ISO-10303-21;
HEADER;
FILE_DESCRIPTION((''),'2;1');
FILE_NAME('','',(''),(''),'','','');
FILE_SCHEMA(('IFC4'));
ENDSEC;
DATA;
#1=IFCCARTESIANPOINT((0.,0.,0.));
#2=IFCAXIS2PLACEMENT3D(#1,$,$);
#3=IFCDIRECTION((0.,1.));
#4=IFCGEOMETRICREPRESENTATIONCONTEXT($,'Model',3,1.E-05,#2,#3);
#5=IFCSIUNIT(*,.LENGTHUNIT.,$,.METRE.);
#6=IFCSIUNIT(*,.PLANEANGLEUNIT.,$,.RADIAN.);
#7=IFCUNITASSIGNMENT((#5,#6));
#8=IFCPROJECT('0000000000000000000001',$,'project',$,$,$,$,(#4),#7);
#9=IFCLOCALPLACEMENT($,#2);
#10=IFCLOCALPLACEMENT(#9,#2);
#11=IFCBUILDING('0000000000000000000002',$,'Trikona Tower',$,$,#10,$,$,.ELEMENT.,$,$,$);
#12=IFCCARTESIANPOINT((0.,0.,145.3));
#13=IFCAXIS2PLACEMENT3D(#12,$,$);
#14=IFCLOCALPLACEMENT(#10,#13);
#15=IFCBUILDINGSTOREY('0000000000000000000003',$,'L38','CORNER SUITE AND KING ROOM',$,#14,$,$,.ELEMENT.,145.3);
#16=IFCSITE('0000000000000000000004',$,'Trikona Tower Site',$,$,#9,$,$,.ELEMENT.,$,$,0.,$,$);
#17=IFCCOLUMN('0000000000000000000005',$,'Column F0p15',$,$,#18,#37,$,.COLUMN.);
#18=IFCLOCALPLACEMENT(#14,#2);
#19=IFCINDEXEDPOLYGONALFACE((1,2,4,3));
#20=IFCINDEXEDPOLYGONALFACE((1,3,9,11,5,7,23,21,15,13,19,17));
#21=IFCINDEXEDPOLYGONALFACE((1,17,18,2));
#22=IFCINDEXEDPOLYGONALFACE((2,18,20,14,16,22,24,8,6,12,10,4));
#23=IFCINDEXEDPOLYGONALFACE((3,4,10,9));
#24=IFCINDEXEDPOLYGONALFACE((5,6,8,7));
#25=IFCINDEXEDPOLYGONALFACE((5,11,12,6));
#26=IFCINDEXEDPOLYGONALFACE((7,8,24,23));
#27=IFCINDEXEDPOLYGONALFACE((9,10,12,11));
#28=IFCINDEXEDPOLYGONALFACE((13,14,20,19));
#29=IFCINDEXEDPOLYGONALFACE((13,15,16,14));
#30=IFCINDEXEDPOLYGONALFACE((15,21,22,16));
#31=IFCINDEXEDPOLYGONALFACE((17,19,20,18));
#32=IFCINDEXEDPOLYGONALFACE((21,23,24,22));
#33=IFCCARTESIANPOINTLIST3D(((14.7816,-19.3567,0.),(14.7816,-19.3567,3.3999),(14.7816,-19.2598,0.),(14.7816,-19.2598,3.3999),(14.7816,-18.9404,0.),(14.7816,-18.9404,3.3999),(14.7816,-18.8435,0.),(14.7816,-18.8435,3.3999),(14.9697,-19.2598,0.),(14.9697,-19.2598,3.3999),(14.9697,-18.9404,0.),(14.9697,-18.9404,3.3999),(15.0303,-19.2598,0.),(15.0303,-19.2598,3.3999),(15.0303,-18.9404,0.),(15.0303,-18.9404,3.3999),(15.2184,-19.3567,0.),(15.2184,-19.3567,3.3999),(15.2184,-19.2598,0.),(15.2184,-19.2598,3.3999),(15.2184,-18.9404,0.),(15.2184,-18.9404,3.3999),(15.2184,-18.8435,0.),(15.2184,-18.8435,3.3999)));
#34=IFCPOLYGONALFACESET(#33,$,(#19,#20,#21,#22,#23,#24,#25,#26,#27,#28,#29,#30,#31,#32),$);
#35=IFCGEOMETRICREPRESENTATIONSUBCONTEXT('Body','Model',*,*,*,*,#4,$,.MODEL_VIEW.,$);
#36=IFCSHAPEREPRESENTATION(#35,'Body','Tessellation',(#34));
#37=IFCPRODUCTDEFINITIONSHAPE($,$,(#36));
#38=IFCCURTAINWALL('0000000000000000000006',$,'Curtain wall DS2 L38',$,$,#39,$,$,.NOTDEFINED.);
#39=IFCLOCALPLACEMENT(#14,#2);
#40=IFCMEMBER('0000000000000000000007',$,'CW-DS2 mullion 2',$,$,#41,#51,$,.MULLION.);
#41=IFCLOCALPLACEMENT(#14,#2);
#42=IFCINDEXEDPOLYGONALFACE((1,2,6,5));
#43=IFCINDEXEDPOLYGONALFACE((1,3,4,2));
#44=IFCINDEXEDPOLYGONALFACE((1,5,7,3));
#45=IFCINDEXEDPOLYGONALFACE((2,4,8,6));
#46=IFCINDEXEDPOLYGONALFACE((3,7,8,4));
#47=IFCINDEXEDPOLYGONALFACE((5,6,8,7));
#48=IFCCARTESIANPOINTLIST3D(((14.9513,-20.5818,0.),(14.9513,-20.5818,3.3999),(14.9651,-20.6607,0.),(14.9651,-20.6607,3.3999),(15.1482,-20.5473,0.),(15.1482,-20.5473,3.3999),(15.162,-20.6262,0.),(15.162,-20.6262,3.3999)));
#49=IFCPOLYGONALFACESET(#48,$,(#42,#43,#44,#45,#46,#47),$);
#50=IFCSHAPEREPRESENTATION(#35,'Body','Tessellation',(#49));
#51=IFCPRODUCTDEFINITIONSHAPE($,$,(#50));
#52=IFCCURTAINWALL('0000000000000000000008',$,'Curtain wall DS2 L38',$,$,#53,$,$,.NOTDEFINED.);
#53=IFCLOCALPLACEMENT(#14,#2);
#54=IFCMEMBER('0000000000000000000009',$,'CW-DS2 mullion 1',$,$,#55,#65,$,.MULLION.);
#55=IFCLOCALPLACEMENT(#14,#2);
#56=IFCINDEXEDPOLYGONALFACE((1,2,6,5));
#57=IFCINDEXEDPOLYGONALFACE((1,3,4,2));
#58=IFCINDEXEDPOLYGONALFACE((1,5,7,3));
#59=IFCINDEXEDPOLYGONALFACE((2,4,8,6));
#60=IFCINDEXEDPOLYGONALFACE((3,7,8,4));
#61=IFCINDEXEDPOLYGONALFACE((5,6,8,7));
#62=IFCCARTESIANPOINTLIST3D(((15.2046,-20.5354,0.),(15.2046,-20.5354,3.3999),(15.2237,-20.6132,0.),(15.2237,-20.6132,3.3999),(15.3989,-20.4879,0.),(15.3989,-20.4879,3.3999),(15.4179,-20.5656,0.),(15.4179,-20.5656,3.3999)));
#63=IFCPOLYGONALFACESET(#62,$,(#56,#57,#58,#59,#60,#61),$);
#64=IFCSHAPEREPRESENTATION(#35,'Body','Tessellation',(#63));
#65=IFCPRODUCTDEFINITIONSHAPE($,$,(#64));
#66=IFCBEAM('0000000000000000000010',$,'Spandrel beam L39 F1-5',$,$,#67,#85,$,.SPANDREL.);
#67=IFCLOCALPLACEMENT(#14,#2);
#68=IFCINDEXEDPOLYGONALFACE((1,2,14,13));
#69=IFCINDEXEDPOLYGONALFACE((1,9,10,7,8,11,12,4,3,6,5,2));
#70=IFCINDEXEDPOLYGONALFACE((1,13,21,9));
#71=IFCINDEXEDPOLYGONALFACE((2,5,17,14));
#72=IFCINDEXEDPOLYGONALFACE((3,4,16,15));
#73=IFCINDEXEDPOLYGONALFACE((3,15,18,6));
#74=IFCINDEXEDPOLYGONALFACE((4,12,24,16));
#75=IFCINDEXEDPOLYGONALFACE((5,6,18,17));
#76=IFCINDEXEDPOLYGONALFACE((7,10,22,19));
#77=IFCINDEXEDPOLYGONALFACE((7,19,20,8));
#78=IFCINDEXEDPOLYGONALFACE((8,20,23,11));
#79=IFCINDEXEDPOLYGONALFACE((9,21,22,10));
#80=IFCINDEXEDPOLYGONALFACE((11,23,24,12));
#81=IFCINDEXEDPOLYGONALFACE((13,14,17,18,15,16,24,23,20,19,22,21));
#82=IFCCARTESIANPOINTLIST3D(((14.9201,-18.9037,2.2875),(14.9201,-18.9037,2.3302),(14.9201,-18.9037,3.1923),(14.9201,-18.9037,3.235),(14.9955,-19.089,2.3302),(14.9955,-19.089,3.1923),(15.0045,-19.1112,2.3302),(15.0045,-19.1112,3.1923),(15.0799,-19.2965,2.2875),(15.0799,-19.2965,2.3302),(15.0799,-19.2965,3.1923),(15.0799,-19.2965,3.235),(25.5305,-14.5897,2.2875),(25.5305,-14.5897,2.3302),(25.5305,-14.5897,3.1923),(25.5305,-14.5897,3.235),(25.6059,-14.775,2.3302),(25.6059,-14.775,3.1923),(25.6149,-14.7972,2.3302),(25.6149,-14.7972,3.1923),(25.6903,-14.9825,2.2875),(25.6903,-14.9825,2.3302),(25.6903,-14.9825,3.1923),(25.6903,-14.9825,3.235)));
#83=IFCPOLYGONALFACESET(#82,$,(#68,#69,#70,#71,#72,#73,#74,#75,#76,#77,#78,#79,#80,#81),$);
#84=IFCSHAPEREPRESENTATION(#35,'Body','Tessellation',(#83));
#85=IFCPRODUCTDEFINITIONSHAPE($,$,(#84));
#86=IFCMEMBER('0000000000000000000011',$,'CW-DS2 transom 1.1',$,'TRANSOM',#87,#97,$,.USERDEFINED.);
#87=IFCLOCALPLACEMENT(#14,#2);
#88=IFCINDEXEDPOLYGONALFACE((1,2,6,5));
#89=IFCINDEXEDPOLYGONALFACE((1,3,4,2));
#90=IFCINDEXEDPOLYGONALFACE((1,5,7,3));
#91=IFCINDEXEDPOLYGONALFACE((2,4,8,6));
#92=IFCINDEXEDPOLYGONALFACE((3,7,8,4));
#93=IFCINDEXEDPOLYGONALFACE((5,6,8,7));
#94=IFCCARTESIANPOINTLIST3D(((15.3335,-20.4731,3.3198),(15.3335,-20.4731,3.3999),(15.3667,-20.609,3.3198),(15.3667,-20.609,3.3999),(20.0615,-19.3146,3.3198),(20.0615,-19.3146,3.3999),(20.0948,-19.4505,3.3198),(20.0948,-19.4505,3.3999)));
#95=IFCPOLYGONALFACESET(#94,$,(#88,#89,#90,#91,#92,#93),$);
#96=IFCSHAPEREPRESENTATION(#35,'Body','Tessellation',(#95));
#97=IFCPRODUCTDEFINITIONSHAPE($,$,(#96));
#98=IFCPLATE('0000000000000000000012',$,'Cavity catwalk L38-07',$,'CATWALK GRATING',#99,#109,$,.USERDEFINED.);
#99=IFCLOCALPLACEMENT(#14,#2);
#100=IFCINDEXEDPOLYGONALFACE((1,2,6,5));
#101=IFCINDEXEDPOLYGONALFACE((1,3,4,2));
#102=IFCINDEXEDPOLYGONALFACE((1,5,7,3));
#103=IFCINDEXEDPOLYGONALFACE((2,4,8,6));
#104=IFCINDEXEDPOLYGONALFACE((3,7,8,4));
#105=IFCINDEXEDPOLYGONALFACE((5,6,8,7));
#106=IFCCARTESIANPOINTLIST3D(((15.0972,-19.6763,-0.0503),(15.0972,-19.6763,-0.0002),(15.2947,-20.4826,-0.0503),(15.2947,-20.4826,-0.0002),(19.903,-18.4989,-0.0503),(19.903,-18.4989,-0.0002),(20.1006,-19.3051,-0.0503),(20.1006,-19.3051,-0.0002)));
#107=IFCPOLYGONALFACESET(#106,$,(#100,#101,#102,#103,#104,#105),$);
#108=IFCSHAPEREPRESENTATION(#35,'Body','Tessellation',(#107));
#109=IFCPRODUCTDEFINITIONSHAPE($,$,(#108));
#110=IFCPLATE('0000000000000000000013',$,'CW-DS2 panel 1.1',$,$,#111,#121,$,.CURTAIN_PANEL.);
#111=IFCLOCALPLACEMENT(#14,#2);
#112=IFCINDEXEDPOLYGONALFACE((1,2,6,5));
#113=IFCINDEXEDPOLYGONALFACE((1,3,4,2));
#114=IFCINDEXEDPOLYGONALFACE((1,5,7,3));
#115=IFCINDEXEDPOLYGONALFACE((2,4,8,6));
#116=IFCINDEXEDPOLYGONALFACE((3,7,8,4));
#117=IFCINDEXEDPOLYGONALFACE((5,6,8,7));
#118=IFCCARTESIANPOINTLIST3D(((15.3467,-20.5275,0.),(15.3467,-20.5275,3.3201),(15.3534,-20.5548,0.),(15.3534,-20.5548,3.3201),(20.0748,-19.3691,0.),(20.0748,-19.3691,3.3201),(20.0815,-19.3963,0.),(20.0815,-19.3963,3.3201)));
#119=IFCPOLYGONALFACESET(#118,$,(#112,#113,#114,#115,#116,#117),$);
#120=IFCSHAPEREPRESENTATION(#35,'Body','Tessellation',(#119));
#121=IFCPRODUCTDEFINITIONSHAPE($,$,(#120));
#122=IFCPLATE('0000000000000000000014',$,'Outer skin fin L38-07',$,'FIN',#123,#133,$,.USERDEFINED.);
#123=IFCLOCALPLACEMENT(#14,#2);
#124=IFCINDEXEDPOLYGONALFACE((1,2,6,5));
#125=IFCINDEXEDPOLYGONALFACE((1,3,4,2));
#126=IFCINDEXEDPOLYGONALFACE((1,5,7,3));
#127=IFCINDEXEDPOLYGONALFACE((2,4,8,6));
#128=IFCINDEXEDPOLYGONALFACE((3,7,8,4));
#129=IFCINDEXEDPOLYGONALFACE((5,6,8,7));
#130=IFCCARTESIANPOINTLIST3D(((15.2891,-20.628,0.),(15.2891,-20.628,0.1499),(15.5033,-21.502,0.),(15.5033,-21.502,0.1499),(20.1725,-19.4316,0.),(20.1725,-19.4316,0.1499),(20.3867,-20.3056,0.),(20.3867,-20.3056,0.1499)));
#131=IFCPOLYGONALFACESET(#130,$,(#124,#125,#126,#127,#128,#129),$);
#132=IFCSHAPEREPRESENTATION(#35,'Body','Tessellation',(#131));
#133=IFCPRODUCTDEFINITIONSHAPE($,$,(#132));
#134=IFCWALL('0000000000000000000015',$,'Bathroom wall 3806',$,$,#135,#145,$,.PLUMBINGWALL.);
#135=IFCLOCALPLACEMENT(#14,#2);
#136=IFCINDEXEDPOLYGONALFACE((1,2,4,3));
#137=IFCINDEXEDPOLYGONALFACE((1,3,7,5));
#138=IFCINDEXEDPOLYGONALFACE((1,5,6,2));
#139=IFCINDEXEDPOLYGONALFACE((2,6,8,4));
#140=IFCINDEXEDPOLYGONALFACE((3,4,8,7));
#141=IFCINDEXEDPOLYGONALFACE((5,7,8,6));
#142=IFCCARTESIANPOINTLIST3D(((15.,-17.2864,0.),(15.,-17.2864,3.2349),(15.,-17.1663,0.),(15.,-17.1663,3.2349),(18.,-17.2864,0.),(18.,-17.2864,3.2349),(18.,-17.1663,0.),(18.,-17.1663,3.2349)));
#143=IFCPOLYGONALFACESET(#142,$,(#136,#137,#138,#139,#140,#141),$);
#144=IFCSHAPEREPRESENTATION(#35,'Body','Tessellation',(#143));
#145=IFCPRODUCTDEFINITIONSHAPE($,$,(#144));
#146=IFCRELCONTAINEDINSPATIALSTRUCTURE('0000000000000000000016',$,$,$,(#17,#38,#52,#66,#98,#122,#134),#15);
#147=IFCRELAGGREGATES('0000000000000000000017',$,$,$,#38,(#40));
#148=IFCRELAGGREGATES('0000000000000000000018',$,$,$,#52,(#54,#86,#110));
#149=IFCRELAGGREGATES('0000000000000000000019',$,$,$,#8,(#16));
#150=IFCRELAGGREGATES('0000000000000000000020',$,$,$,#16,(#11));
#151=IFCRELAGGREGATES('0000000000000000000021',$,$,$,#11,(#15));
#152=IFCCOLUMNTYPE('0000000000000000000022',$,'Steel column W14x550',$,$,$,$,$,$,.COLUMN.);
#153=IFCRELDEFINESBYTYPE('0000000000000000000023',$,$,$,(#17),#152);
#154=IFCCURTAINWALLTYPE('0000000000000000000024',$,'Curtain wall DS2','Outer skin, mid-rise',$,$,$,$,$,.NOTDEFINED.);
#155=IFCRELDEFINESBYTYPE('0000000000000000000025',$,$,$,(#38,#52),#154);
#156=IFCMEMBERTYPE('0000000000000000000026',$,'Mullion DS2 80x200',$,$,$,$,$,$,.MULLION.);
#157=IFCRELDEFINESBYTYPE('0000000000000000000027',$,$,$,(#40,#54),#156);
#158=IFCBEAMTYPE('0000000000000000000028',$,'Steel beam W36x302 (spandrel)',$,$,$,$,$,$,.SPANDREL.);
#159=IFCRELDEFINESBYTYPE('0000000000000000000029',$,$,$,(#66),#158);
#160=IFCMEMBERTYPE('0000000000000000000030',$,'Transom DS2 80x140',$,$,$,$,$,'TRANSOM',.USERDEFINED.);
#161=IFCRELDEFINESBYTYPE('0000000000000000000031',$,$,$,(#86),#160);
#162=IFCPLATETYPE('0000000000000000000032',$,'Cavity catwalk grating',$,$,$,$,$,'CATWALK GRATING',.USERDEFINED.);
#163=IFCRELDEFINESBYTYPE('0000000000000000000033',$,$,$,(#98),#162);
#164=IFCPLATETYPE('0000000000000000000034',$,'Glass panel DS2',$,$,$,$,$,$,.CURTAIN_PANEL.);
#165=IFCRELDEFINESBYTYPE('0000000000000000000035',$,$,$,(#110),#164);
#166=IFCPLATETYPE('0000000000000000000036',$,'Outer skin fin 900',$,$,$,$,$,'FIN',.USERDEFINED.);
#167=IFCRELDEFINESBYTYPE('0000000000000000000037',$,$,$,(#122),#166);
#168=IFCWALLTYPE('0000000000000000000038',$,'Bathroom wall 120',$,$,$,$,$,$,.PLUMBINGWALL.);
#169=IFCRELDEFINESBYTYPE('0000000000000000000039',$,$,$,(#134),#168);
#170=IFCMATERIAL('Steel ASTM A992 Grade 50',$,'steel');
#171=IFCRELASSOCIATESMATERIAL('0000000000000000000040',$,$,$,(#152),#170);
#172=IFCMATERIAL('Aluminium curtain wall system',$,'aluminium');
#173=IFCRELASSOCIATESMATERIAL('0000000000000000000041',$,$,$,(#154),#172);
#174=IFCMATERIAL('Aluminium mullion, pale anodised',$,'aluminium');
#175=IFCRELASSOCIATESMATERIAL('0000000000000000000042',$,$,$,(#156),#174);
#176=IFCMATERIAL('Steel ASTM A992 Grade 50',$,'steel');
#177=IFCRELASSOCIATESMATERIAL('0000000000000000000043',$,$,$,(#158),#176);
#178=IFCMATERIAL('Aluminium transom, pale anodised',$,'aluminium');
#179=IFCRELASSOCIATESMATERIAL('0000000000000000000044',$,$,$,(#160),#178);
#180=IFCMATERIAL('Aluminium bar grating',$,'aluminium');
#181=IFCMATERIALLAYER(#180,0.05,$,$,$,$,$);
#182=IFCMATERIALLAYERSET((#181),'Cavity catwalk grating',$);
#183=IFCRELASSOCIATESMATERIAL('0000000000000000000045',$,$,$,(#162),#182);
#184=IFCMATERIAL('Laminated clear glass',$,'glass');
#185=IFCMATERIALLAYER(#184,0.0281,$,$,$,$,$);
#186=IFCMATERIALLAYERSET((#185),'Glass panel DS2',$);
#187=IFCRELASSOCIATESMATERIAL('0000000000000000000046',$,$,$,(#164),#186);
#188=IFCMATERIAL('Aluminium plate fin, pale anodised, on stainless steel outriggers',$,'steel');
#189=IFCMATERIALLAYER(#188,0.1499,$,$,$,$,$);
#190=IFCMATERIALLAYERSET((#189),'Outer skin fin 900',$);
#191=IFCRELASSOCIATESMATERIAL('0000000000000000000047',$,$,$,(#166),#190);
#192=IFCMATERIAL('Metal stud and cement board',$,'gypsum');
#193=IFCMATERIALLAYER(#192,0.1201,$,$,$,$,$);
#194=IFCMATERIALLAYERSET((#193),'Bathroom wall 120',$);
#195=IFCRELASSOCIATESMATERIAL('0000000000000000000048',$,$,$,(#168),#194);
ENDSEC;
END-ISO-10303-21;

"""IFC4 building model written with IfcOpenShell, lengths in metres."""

from ifc_helpers import new_model, si_unit, direction, frame, frame_2d, origin, origin_2d, place, context, subcontext, project, spatial, rectangle, i_section, extrude, material, layer, layer_set, material_profile, profile_set, type_object, element, aggregate, save


model = new_model("IFC4")

# Units and contexts
model_context = context("Model", 3, precision=1e-05, world=origin(), true_north=direction((0.0, 1.0)))
body_context = subcontext(model_context, "Body", "Model", "MODEL_VIEW")
ifc_project = project(units=[si_unit("LENGTHUNIT", "METRE"), si_unit("PLANEANGLEUNIT", "RADIAN")], contexts=[model_context])

# Site, building, storey
site_placement = place(None, origin())
site = spatial("IfcSite", under=ifc_project, at=site_placement, Name="Trikona Tower Site", CompositionType="ELEMENT", RefElevation=0.0)
building_placement = place(site_placement, origin())
building = spatial("IfcBuilding", under=site, at=building_placement, Name="Trikona Tower", CompositionType="ELEMENT")
storey_placement = place(building_placement, frame((0.0, 0.0, 145.3)))
storey = spatial("IfcBuildingStorey", under=building, at=storey_placement, Name="L38", Description="CORNER SUITE AND KING ROOM", CompositionType="ELEMENT", Elevation=145.3)

# Column
ifc_material_1 = material(Name="Steel ASTM A992 Grade 50", Category="steel")
ifc_material_profile_1 = material_profile(ifc_material_1, i_section(OverallWidth=0.4368, OverallDepth=0.5132, WebThickness=0.0605, FlangeThickness=0.0969, at=origin_2d()), Name="W14X550")
ifc_profile_set_1 = profile_set([ifc_material_profile_1], Name="Steel ASTM A992 Grade 50")
column_type = type_object("IfcColumnType", Name="Steel column W14x550", PredefinedType="COLUMN", material=ifc_profile_set_1)
column_placement = place(storey_placement, frame((15.0, -19.1001, 0.0), z_axis=(0.0, 0.0, 1.0), x_axis=(1.0, 0.0, 0.0)))
element("IfcColumn", 1, at=column_placement, inside=storey, type_object=column_type, Name="Column F0p15", PredefinedType="COLUMN", context=body_context, shape_type="SweptSolid", body=[
    extrude(i_section(OverallWidth=0.4368, OverallDepth=0.5132, WebThickness=0.0605, FlangeThickness=0.0969, at=origin_2d()), origin(), (0.0, 0.0, 1.0), 3.3999),
])

# Curtain walls, members
ifc_material_2 = material(Name="Aluminium curtain wall system", Category="aluminium")
curtain_wall_type = type_object("IfcCurtainWallType", Name="Curtain wall DS2", Description="Outer skin, mid-rise", PredefinedType="NOTDEFINED", material=ifc_material_2)
curtain_wall_1_placement = place(storey_placement, origin())
curtain_wall_1 = element("IfcCurtainWall", 2, at=curtain_wall_1_placement, inside=storey, type_object=curtain_wall_type, Name="Curtain wall DS2 L38", PredefinedType="NOTDEFINED")
ifc_material_3 = material(Name="Aluminium mullion, pale anodised", Category="aluminium")
ifc_material_profile_2 = material_profile(ifc_material_3, rectangle(XDim=0.0801, YDim=0.2, at=origin_2d()), Name="MUL-DS2")
ifc_profile_set_2 = profile_set([ifc_material_profile_2], Name="Aluminium mullion, pale anodised")
member_type_1 = type_object("IfcMemberType", Name="Mullion DS2 80x200", PredefinedType="MULLION", material=ifc_profile_set_2)
member_1_placement = place(storey_placement, frame((15.0566, -20.604, 0.0), z_axis=(0.0, 0.0, 1.0), x_axis=(-0.172377, 0.985031, 0.0)))
member_1 = element("IfcMember", 3, at=member_1_placement, type_object=member_type_1, Name="CW-DS2 mullion 2", PredefinedType="MULLION", context=body_context, shape_type="SweptSolid", body=[
    extrude(rectangle(XDim=0.0801, YDim=0.2, at=origin_2d()), origin(), (0.0, 0.0, 1.0), 3.3999),
])
aggregate(curtain_wall_1, [member_1])
curtain_wall_2_placement = place(storey_placement, origin())
curtain_wall_2 = element("IfcCurtainWall", 4, at=curtain_wall_2_placement, inside=storey, type_object=curtain_wall_type, Name="Curtain wall DS2 L38", PredefinedType="NOTDEFINED")
member_2_placement = place(storey_placement, frame((15.3113, -20.5505, 0.0), z_axis=(0.0, 0.0, 1.0), x_axis=(-0.23797, 0.971272, 0.0)))
member_2 = element("IfcMember", 5, at=member_2_placement, type_object=member_type_1, Name="CW-DS2 mullion 1", PredefinedType="MULLION", context=body_context, shape_type="SweptSolid", body=[
    extrude(rectangle(XDim=0.0801, YDim=0.2, at=origin_2d()), origin(), (0.0, 0.0, 1.0), 3.3999),
])

# Beam
ifc_material_4 = material(Name="Steel ASTM A992 Grade 50", Category="steel")
ifc_material_profile_3 = material_profile(ifc_material_4, i_section(OverallWidth=0.4241, OverallDepth=0.9475, WebThickness=0.0239, FlangeThickness=0.0427, at=origin_2d()), Name="W36X302")
ifc_profile_set_3 = profile_set([ifc_material_profile_3], Name="Steel ASTM A992 Grade 50")
beam_type = type_object("IfcBeamType", Name="Steel beam W36x302 (spandrel)", PredefinedType="SPANDREL", material=ifc_profile_set_3)
beam_placement = place(storey_placement, frame((15.0, -19.1001, 2.7612), z_axis=(0.92636, 0.37664, 0.0), x_axis=(-0.37664, 0.92636, 0.0)))
element("IfcBeam", 6, at=beam_placement, inside=storey, type_object=beam_type, Name="Spandrel beam L39 F1-5", PredefinedType="SPANDREL", context=body_context, shape_type="SweptSolid", body=[
    extrude(i_section(OverallWidth=0.4241, OverallDepth=0.9475, WebThickness=0.0239, FlangeThickness=0.0427, at=origin_2d()), origin(), (0.0, 0.0, 1.0), 11.4539),
])

# Member
ifc_material_5 = material(Name="Aluminium transom, pale anodised", Category="aluminium")
ifc_material_profile_4 = material_profile(ifc_material_5, rectangle(XDim=0.1399, YDim=0.0801, at=origin_2d()), Name="TRN-DS2")
ifc_profile_set_4 = profile_set([ifc_material_profile_4], Name="Aluminium transom, pale anodised")
member_type_2 = type_object("IfcMemberType", Name="Transom DS2 80x140", ElementType="TRANSOM", PredefinedType="USERDEFINED", material=ifc_profile_set_4)
member_3_placement = place(storey_placement, frame((15.3501, -20.541, 3.3599), z_axis=(0.971271, 0.237978, 0.0), x_axis=(-0.237978, 0.971271, 0.0)))
member_3 = element("IfcMember", 7, at=member_3_placement, type_object=member_type_2, Name="CW-DS2 transom 1.1", ObjectType="TRANSOM", PredefinedType="USERDEFINED", context=body_context, shape_type="SweptSolid", body=[
    extrude(rectangle(XDim=0.1399, YDim=0.0801, at=origin_2d()), origin(), (0.0, 0.0, 1.0), 4.8679),
])

# Plates
ifc_material_6 = material(Name="Aluminium bar grating", Category="aluminium")
ifc_layer_1 = layer(ifc_material_6, 0.05)
ifc_layer_set_1 = layer_set([ifc_layer_1], Name="Cavity catwalk grating")
plate_type_1 = type_object("IfcPlateType", Name="Cavity catwalk grating", ElementType="CATWALK GRATING", PredefinedType="USERDEFINED", material=ifc_layer_set_1)
plate_1_placement = place(storey_placement, frame((17.5989, -19.4907, -0.0503), z_axis=(0.0, 0.0, 1.0), x_axis=(0.971274, 0.237962, 0.0)))
element("IfcPlate", 8, at=plate_1_placement, inside=storey, type_object=plate_type_1, Name="Cavity catwalk L38-07", ObjectType="CATWALK GRATING", PredefinedType="USERDEFINED", context=body_context, shape_type="SweptSolid", body=[
    extrude(rectangle(XDim=4.948, YDim=0.8301, at=origin_2d()), origin(), (0.0, 0.0, 1.0), 0.05),
])
ifc_material_7 = material(Name="Laminated clear glass", Category="glass")
ifc_layer_2 = layer(ifc_material_7, 0.0281)
ifc_layer_set_2 = layer_set([ifc_layer_2], Name="Glass panel DS2")
plate_type_2 = type_object("IfcPlateType", Name="Glass panel DS2", PredefinedType="CURTAIN_PANEL", material=ifc_layer_set_2)
plate_2_placement = place(storey_placement, frame((17.7141, -19.9619, 0.0), z_axis=(0.0, 0.0, 1.0), x_axis=(0.971272, 0.23797, 0.0)))
plate_2 = element("IfcPlate", 9, at=plate_2_placement, type_object=plate_type_2, Name="CW-DS2 panel 1.1", PredefinedType="CURTAIN_PANEL", context=body_context, shape_type="SweptSolid", body=[
    extrude(rectangle(XDim=4.8679, YDim=0.0281, at=origin_2d()), origin(), (0.0, 0.0, 1.0), 3.3201),
])
aggregate(curtain_wall_2, [member_2, member_3, plate_2])
ifc_material_8 = material(Name="Aluminium plate fin, pale anodised, on stainless steel outriggers", Category="steel")
ifc_layer_3 = layer(ifc_material_8, 0.1499)
ifc_layer_set_3 = layer_set([ifc_layer_3], Name="Outer skin fin 900")
plate_type_3 = type_object("IfcPlateType", Name="Outer skin fin 900", ElementType="FIN", PredefinedType="USERDEFINED", material=ifc_layer_set_3)
plate_3_placement = place(storey_placement, frame((17.8379, -20.4668, 0.0), z_axis=(0.0, 0.0, 1.0), x_axis=(0.971274, 0.237962, 0.0)))
element("IfcPlate", 10, at=plate_3_placement, inside=storey, type_object=plate_type_3, Name="Outer skin fin L38-07", ObjectType="FIN", PredefinedType="USERDEFINED", context=body_context, shape_type="SweptSolid", body=[
    extrude(rectangle(XDim=5.0278, YDim=0.8999, at=origin_2d()), origin(), (0.0, 0.0, 1.0), 0.1499),
])

# Wall
ifc_material_9 = material(Name="Metal stud and cement board", Category="gypsum")
ifc_layer_4 = layer(ifc_material_9, 0.1201)
ifc_layer_set_4 = layer_set([ifc_layer_4], Name="Bathroom wall 120")
wall_type_1 = type_object("IfcWallType", Name="Bathroom wall 120", PredefinedType="PLUMBINGWALL", material=ifc_layer_set_4)
wall_1_placement = place(storey_placement, frame((15.0, -17.2263, 0.0), z_axis=(0.0, 0.0, 1.0), x_axis=(1.0, 0.0, 0.0)))
element("IfcWall", 11, at=wall_1_placement, inside=storey, type_object=wall_type_1, Name="Bathroom wall 3806", PredefinedType="PLUMBINGWALL", context=body_context, shape_type="SweptSolid", body=[
    extrude(rectangle(XDim=3.0, YDim=0.1201, at=frame_2d((1.5, 0.0))), origin(), (0.0, 0.0, 1.0), 3.2349),
])

save(model, "model.ifc")
